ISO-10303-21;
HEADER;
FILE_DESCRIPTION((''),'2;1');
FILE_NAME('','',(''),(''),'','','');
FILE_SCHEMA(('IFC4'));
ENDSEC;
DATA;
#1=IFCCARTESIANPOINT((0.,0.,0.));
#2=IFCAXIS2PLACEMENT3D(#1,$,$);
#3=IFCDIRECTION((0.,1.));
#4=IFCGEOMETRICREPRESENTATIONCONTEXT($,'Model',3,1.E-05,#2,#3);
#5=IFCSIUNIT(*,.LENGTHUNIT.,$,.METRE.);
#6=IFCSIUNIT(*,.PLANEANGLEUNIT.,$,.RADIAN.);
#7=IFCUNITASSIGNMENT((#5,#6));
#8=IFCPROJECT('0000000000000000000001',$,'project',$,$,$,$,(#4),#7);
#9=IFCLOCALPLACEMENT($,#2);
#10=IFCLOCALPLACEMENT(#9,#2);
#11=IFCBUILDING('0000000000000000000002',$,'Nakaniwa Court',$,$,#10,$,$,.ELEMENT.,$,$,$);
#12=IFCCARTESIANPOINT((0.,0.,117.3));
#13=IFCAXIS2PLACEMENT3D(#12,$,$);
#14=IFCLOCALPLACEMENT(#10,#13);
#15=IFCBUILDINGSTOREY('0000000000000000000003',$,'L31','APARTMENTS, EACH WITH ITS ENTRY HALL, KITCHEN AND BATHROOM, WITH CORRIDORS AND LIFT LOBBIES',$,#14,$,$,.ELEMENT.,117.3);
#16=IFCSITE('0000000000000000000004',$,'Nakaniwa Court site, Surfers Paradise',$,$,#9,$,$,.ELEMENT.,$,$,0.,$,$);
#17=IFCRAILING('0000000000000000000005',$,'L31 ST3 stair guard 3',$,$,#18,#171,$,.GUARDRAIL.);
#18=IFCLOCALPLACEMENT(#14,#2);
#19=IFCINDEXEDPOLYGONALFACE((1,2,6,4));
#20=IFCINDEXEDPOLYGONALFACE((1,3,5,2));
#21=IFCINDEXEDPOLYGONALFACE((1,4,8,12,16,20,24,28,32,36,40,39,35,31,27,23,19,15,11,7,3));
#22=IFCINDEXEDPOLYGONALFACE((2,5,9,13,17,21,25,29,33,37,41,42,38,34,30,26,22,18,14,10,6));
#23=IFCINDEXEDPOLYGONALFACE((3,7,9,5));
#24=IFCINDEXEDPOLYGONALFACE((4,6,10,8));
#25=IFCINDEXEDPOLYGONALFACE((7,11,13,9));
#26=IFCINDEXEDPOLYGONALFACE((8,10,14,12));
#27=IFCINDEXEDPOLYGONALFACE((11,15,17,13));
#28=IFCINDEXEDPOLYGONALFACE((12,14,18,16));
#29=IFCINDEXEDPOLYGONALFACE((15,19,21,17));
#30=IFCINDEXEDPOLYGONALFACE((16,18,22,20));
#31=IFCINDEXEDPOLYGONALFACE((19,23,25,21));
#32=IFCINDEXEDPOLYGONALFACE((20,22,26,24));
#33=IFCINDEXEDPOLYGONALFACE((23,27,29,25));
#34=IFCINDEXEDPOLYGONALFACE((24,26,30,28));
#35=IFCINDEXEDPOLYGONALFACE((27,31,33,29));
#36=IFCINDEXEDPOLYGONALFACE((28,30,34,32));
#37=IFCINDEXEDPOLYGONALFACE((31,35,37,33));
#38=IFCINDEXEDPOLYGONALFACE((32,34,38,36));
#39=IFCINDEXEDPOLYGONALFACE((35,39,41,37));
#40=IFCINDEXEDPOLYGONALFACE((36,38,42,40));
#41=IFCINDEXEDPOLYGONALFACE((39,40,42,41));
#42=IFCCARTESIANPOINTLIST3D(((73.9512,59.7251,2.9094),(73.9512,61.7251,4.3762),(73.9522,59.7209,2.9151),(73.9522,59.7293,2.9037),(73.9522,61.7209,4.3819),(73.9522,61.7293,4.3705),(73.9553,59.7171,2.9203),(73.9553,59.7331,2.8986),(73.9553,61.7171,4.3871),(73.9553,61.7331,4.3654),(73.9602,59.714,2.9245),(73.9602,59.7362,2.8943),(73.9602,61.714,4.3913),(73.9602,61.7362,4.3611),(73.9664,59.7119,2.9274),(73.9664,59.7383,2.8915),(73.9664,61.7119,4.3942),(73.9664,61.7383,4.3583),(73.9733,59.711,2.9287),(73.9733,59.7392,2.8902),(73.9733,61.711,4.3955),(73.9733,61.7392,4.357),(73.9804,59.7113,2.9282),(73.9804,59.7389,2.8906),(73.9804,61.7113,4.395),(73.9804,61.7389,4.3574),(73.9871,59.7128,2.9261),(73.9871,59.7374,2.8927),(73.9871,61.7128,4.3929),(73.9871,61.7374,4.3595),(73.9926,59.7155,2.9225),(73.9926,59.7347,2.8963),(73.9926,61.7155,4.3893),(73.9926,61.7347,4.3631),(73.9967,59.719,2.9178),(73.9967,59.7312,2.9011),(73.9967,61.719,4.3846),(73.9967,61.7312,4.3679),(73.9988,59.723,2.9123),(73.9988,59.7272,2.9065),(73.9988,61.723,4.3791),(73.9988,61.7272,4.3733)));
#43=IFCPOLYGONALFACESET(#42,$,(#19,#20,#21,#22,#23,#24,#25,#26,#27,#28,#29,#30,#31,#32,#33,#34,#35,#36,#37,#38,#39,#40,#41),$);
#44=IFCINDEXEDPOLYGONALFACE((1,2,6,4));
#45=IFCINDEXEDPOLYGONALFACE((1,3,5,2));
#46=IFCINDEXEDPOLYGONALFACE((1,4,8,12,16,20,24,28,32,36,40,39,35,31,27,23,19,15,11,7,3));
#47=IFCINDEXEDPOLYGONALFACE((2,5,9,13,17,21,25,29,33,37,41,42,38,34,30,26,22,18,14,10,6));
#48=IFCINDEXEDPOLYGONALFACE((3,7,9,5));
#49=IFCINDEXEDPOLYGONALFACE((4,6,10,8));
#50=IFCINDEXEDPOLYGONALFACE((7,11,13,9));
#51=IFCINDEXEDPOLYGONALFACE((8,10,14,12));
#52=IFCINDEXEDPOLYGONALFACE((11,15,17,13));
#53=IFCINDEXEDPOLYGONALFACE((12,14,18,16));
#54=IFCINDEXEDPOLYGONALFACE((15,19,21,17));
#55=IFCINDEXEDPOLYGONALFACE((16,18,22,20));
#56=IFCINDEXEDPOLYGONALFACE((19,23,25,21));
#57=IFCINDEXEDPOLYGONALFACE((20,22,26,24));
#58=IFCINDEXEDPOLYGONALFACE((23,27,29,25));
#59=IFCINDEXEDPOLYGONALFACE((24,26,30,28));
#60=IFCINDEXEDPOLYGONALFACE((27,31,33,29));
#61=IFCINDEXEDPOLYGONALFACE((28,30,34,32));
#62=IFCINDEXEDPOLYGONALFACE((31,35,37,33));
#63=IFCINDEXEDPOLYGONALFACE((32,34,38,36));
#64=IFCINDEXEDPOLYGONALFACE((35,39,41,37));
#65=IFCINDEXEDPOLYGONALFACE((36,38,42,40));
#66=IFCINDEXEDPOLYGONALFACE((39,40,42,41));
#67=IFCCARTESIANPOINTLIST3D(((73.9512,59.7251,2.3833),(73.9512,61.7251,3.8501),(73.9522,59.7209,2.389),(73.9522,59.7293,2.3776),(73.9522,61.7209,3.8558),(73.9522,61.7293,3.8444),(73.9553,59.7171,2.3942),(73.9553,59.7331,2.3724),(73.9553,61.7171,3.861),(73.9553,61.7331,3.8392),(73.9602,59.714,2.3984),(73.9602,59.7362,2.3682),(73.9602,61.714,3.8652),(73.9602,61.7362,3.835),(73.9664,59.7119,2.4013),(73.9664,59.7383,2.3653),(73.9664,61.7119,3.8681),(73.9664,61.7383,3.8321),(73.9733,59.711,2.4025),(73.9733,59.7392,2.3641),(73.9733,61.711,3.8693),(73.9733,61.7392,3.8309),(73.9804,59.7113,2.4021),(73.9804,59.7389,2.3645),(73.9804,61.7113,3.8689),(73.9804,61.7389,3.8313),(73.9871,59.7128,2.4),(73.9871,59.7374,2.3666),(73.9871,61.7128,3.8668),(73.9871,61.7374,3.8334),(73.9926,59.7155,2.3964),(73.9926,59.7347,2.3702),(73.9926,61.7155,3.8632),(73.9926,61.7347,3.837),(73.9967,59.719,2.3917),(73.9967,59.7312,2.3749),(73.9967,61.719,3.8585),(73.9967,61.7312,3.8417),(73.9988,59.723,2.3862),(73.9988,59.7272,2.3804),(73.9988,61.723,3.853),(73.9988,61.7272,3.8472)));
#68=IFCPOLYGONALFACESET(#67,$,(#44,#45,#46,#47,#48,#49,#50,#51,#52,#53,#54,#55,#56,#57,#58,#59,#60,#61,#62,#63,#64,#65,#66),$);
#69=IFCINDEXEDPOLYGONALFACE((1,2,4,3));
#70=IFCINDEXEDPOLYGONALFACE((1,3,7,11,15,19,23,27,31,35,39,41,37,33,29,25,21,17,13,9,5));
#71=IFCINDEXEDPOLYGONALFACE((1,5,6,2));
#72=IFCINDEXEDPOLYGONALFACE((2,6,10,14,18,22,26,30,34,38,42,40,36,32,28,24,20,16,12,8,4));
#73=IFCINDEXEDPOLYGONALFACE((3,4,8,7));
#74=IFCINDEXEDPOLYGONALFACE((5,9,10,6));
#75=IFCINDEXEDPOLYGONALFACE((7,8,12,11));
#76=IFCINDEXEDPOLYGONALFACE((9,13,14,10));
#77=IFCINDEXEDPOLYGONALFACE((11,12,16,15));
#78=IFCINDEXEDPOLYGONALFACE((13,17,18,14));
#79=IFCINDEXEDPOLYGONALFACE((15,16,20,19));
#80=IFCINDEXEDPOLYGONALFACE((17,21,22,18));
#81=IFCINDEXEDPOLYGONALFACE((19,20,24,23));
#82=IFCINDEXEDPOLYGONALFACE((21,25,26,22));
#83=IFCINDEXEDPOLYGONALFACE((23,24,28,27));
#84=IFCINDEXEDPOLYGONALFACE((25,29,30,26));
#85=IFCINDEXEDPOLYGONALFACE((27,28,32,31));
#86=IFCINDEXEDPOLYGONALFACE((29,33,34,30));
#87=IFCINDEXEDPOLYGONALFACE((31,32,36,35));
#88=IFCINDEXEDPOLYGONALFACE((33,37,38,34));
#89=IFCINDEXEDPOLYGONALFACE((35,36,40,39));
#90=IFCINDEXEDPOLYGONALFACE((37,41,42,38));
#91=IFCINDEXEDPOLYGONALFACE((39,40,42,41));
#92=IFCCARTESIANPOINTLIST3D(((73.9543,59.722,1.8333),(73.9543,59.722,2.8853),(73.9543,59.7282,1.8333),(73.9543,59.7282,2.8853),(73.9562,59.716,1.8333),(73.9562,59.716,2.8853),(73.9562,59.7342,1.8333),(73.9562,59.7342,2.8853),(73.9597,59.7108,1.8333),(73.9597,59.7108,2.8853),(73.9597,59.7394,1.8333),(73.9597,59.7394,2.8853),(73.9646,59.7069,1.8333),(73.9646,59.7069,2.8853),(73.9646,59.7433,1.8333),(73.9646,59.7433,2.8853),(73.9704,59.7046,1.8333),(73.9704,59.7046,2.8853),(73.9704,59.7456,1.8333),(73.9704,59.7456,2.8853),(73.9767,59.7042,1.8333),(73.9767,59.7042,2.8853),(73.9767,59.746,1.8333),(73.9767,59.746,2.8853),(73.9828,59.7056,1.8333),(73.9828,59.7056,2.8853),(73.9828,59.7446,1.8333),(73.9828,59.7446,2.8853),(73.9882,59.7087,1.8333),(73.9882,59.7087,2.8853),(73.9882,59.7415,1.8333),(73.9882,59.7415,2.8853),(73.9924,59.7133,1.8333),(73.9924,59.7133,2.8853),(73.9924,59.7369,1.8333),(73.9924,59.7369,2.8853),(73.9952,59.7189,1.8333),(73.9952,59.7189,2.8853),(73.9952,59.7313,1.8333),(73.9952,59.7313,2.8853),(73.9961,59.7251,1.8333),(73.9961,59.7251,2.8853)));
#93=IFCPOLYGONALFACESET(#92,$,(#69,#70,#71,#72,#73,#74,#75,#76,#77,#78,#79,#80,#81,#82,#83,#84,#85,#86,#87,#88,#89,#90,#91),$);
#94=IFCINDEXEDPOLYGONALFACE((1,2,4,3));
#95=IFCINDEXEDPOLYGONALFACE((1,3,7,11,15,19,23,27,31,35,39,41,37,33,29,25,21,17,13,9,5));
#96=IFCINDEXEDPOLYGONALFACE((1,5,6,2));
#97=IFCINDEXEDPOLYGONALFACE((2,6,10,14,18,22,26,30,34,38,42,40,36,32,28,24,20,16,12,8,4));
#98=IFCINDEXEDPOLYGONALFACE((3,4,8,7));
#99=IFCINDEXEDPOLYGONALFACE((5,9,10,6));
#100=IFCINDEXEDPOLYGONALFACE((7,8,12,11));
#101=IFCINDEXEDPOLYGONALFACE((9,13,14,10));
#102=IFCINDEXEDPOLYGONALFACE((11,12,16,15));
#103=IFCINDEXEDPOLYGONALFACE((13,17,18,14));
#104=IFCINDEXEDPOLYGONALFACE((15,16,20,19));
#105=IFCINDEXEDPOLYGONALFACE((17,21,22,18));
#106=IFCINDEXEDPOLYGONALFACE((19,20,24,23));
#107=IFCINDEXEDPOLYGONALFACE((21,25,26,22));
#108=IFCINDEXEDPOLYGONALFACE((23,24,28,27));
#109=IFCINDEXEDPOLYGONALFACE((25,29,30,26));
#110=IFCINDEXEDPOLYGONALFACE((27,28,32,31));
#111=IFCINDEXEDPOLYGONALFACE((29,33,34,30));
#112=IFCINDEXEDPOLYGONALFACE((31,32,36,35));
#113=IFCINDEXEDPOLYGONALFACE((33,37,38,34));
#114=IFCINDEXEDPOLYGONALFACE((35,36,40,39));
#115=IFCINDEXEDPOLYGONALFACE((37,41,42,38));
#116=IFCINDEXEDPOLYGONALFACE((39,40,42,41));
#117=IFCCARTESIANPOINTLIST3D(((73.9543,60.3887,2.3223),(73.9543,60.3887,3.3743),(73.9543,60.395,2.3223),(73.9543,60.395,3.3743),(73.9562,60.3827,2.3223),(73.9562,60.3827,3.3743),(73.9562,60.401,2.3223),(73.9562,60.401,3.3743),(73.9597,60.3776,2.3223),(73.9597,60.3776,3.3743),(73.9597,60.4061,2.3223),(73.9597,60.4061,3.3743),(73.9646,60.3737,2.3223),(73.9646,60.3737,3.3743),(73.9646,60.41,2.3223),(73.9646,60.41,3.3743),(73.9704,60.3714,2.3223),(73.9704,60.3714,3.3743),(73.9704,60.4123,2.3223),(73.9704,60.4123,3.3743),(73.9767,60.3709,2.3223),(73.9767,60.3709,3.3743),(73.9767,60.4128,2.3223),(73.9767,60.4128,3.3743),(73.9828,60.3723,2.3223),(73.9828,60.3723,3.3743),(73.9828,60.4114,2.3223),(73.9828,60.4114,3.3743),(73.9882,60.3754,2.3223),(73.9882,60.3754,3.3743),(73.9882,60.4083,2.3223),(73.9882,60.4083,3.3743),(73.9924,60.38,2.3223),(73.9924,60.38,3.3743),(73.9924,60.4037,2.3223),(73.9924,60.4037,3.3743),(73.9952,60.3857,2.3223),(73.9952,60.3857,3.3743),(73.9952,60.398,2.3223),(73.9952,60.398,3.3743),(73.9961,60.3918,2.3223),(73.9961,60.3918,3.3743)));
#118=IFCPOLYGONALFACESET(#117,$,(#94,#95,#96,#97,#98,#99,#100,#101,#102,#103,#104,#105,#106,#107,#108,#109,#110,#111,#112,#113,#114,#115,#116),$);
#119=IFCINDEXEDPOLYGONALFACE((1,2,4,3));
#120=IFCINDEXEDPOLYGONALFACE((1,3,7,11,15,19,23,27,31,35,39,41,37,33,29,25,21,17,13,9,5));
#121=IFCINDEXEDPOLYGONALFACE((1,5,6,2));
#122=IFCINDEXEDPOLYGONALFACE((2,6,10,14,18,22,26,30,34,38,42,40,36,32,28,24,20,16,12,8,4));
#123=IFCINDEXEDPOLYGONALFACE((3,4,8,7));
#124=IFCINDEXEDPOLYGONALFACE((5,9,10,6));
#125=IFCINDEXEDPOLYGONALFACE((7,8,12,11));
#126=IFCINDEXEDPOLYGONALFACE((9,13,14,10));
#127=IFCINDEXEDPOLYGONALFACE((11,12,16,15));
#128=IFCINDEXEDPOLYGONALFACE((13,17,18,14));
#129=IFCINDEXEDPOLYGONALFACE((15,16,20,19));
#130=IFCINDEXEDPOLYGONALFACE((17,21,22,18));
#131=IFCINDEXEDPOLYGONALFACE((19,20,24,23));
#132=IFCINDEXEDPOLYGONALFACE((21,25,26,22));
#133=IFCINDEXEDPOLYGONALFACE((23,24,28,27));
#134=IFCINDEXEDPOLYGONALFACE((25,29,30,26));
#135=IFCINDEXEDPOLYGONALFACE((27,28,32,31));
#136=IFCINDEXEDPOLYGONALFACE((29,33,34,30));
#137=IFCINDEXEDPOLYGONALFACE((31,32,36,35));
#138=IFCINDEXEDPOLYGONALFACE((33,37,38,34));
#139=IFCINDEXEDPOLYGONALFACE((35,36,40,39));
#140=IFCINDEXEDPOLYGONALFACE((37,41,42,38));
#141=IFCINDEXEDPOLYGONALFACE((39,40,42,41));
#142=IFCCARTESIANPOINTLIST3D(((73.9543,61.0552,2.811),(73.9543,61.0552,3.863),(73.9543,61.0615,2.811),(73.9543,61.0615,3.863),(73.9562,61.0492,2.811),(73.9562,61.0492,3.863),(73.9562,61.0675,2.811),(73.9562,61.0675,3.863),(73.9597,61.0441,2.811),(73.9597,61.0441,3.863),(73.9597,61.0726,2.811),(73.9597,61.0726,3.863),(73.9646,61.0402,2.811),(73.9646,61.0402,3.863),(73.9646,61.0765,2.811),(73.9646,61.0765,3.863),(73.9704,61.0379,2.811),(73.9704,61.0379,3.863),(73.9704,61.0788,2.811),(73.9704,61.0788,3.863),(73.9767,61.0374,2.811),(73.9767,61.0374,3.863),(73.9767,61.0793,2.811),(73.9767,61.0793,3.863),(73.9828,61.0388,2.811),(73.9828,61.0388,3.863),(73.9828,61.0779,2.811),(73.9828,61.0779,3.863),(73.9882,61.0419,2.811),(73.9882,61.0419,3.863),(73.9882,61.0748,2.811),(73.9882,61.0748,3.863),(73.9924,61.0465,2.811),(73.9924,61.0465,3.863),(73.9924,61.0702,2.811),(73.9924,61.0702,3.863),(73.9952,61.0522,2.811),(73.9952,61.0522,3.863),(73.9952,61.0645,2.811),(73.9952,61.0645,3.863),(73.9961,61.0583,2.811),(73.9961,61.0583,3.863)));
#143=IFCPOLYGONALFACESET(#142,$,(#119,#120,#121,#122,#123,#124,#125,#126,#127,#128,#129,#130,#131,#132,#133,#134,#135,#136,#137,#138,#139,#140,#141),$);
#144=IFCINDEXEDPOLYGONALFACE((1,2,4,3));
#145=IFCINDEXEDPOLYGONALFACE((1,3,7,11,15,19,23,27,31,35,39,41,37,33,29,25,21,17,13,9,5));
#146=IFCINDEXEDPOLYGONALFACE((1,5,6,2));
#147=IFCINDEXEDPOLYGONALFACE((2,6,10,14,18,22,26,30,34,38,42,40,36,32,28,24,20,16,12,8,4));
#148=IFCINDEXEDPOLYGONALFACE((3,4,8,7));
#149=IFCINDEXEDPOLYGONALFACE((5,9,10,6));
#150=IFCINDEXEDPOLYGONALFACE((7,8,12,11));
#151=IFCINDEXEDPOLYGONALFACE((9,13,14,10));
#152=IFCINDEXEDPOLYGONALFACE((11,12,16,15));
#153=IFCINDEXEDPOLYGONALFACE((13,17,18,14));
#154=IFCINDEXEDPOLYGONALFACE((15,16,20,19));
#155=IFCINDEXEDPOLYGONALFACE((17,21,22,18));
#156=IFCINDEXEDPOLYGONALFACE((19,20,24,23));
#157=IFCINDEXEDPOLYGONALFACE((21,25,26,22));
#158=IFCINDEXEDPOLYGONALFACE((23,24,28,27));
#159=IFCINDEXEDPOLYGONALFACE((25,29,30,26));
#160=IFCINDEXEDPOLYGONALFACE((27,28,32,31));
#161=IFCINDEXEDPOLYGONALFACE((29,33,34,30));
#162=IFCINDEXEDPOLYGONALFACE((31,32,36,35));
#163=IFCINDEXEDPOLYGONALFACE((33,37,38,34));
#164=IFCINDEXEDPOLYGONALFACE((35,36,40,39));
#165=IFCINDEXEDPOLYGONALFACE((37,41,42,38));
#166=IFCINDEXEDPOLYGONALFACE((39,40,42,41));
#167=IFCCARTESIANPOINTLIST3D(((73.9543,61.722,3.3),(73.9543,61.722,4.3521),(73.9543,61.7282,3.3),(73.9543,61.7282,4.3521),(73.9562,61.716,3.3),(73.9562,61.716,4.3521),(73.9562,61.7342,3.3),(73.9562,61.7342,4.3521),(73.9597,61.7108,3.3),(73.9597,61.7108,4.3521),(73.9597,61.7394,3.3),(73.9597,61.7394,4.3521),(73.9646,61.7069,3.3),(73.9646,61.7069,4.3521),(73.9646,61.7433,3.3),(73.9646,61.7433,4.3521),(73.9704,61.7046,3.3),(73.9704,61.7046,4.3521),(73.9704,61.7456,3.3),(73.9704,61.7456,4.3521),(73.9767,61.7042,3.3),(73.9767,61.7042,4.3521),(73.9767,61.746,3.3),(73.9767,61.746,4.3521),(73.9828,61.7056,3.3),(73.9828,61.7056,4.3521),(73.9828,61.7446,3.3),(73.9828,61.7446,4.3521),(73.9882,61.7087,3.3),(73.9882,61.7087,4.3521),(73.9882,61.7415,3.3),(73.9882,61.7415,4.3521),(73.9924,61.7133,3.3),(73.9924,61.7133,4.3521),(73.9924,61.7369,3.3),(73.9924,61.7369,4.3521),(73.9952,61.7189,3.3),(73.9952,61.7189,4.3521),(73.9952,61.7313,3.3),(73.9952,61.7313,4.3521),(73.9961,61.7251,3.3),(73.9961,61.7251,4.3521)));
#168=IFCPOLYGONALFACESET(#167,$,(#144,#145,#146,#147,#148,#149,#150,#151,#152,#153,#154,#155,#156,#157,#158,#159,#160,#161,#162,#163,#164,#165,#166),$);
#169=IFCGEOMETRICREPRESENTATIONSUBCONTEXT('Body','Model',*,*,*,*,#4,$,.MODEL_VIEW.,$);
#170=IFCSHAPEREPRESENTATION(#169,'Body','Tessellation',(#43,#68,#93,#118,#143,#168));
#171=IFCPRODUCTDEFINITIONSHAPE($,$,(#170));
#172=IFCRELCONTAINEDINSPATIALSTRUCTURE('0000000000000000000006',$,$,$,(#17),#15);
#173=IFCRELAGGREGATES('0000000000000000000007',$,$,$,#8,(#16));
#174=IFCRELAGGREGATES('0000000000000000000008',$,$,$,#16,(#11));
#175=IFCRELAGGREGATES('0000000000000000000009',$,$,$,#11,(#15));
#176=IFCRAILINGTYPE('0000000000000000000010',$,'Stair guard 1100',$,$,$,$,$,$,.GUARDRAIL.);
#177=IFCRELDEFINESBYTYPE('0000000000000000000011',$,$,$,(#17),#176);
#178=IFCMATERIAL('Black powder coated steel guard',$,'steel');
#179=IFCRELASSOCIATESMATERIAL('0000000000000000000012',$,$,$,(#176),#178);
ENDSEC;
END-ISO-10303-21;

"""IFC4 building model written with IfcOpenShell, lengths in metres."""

from ifc_helpers import new_model, si_unit, direction, frame, origin, origin_2d, place, context, subcontext, project, spatial, circle, extrude, material, type_object, element, save


model = new_model("IFC4")

# Units and contexts
model_context = context("Model", 3, precision=1e-05, world=origin(), true_north=direction((0.0, 1.0)))
body_context = subcontext(model_context, "Body", "Model", "MODEL_VIEW")
ifc_project = project(units=[si_unit("LENGTHUNIT", "METRE"), si_unit("PLANEANGLEUNIT", "RADIAN")], contexts=[model_context])

# Site, building, storey
site_placement = place(None, origin())
site = spatial("IfcSite", under=ifc_project, at=site_placement, Name="Nakaniwa Court site, Surfers Paradise", CompositionType="ELEMENT", RefElevation=0.0)
building_placement = place(site_placement, origin())
building = spatial("IfcBuilding", under=site, at=building_placement, Name="Nakaniwa Court", CompositionType="ELEMENT")
storey_placement = place(building_placement, frame((0.0, 0.0, 117.3)))
storey = spatial("IfcBuildingStorey", under=building, at=storey_placement, Name="L31", Description="APARTMENTS, EACH WITH ITS ENTRY HALL, KITCHEN AND BATHROOM, WITH CORRIDORS AND LIFT LOBBIES", CompositionType="ELEMENT", Elevation=117.3)

# Railing
ifc_material_1 = material(Name="Black powder coated steel guard", Category="steel")
railing_type_1 = type_object("IfcRailingType", Name="Stair guard 1100", PredefinedType="GUARDRAIL", material=ifc_material_1)
railing_1_placement = place(storey_placement, frame((73.9751, 59.7251, 1.8333)))
element("IfcRailing", 1, at=railing_1_placement, inside=storey, type_object=railing_type_1, Name="L31 ST3 stair guard 3", PredefinedType="GUARDRAIL", context=body_context, shape_type="SweptSolid", body=[
    extrude(circle(Radius=0.0239, at=origin_2d()), frame((0.0, 0.0, 1.0762), z_axis=(0.0, 0.80638, 0.591398), x_axis=(-1.0, 0.0, 0.0)), (0.0, 0.0, 1.0), 2.4802),
    extrude(circle(Radius=0.0239, at=origin_2d()), frame((0.0, 0.0, 0.55), z_axis=(0.0, 0.80638, 0.591398), x_axis=(-1.0, 0.0, 0.0)), (0.0, 0.0, 1.0), 2.4802),
    extrude(circle(Radius=0.021, at=origin_2d()), origin(), (0.0, 0.0, 1.0), 1.052),
    extrude(circle(Radius=0.021, at=origin_2d()), frame((0.0, 0.6667, 0.489)), (0.0, 0.0, 1.0), 1.052),
    extrude(circle(Radius=0.021, at=origin_2d()), frame((0.0, 1.3333, 0.9778)), (0.0, 0.0, 1.0), 1.052),
    extrude(circle(Radius=0.021, at=origin_2d()), frame((0.0, 2.0, 1.4668)), (0.0, 0.0, 1.0), 1.052),
])

save(model, "model.ifc")
